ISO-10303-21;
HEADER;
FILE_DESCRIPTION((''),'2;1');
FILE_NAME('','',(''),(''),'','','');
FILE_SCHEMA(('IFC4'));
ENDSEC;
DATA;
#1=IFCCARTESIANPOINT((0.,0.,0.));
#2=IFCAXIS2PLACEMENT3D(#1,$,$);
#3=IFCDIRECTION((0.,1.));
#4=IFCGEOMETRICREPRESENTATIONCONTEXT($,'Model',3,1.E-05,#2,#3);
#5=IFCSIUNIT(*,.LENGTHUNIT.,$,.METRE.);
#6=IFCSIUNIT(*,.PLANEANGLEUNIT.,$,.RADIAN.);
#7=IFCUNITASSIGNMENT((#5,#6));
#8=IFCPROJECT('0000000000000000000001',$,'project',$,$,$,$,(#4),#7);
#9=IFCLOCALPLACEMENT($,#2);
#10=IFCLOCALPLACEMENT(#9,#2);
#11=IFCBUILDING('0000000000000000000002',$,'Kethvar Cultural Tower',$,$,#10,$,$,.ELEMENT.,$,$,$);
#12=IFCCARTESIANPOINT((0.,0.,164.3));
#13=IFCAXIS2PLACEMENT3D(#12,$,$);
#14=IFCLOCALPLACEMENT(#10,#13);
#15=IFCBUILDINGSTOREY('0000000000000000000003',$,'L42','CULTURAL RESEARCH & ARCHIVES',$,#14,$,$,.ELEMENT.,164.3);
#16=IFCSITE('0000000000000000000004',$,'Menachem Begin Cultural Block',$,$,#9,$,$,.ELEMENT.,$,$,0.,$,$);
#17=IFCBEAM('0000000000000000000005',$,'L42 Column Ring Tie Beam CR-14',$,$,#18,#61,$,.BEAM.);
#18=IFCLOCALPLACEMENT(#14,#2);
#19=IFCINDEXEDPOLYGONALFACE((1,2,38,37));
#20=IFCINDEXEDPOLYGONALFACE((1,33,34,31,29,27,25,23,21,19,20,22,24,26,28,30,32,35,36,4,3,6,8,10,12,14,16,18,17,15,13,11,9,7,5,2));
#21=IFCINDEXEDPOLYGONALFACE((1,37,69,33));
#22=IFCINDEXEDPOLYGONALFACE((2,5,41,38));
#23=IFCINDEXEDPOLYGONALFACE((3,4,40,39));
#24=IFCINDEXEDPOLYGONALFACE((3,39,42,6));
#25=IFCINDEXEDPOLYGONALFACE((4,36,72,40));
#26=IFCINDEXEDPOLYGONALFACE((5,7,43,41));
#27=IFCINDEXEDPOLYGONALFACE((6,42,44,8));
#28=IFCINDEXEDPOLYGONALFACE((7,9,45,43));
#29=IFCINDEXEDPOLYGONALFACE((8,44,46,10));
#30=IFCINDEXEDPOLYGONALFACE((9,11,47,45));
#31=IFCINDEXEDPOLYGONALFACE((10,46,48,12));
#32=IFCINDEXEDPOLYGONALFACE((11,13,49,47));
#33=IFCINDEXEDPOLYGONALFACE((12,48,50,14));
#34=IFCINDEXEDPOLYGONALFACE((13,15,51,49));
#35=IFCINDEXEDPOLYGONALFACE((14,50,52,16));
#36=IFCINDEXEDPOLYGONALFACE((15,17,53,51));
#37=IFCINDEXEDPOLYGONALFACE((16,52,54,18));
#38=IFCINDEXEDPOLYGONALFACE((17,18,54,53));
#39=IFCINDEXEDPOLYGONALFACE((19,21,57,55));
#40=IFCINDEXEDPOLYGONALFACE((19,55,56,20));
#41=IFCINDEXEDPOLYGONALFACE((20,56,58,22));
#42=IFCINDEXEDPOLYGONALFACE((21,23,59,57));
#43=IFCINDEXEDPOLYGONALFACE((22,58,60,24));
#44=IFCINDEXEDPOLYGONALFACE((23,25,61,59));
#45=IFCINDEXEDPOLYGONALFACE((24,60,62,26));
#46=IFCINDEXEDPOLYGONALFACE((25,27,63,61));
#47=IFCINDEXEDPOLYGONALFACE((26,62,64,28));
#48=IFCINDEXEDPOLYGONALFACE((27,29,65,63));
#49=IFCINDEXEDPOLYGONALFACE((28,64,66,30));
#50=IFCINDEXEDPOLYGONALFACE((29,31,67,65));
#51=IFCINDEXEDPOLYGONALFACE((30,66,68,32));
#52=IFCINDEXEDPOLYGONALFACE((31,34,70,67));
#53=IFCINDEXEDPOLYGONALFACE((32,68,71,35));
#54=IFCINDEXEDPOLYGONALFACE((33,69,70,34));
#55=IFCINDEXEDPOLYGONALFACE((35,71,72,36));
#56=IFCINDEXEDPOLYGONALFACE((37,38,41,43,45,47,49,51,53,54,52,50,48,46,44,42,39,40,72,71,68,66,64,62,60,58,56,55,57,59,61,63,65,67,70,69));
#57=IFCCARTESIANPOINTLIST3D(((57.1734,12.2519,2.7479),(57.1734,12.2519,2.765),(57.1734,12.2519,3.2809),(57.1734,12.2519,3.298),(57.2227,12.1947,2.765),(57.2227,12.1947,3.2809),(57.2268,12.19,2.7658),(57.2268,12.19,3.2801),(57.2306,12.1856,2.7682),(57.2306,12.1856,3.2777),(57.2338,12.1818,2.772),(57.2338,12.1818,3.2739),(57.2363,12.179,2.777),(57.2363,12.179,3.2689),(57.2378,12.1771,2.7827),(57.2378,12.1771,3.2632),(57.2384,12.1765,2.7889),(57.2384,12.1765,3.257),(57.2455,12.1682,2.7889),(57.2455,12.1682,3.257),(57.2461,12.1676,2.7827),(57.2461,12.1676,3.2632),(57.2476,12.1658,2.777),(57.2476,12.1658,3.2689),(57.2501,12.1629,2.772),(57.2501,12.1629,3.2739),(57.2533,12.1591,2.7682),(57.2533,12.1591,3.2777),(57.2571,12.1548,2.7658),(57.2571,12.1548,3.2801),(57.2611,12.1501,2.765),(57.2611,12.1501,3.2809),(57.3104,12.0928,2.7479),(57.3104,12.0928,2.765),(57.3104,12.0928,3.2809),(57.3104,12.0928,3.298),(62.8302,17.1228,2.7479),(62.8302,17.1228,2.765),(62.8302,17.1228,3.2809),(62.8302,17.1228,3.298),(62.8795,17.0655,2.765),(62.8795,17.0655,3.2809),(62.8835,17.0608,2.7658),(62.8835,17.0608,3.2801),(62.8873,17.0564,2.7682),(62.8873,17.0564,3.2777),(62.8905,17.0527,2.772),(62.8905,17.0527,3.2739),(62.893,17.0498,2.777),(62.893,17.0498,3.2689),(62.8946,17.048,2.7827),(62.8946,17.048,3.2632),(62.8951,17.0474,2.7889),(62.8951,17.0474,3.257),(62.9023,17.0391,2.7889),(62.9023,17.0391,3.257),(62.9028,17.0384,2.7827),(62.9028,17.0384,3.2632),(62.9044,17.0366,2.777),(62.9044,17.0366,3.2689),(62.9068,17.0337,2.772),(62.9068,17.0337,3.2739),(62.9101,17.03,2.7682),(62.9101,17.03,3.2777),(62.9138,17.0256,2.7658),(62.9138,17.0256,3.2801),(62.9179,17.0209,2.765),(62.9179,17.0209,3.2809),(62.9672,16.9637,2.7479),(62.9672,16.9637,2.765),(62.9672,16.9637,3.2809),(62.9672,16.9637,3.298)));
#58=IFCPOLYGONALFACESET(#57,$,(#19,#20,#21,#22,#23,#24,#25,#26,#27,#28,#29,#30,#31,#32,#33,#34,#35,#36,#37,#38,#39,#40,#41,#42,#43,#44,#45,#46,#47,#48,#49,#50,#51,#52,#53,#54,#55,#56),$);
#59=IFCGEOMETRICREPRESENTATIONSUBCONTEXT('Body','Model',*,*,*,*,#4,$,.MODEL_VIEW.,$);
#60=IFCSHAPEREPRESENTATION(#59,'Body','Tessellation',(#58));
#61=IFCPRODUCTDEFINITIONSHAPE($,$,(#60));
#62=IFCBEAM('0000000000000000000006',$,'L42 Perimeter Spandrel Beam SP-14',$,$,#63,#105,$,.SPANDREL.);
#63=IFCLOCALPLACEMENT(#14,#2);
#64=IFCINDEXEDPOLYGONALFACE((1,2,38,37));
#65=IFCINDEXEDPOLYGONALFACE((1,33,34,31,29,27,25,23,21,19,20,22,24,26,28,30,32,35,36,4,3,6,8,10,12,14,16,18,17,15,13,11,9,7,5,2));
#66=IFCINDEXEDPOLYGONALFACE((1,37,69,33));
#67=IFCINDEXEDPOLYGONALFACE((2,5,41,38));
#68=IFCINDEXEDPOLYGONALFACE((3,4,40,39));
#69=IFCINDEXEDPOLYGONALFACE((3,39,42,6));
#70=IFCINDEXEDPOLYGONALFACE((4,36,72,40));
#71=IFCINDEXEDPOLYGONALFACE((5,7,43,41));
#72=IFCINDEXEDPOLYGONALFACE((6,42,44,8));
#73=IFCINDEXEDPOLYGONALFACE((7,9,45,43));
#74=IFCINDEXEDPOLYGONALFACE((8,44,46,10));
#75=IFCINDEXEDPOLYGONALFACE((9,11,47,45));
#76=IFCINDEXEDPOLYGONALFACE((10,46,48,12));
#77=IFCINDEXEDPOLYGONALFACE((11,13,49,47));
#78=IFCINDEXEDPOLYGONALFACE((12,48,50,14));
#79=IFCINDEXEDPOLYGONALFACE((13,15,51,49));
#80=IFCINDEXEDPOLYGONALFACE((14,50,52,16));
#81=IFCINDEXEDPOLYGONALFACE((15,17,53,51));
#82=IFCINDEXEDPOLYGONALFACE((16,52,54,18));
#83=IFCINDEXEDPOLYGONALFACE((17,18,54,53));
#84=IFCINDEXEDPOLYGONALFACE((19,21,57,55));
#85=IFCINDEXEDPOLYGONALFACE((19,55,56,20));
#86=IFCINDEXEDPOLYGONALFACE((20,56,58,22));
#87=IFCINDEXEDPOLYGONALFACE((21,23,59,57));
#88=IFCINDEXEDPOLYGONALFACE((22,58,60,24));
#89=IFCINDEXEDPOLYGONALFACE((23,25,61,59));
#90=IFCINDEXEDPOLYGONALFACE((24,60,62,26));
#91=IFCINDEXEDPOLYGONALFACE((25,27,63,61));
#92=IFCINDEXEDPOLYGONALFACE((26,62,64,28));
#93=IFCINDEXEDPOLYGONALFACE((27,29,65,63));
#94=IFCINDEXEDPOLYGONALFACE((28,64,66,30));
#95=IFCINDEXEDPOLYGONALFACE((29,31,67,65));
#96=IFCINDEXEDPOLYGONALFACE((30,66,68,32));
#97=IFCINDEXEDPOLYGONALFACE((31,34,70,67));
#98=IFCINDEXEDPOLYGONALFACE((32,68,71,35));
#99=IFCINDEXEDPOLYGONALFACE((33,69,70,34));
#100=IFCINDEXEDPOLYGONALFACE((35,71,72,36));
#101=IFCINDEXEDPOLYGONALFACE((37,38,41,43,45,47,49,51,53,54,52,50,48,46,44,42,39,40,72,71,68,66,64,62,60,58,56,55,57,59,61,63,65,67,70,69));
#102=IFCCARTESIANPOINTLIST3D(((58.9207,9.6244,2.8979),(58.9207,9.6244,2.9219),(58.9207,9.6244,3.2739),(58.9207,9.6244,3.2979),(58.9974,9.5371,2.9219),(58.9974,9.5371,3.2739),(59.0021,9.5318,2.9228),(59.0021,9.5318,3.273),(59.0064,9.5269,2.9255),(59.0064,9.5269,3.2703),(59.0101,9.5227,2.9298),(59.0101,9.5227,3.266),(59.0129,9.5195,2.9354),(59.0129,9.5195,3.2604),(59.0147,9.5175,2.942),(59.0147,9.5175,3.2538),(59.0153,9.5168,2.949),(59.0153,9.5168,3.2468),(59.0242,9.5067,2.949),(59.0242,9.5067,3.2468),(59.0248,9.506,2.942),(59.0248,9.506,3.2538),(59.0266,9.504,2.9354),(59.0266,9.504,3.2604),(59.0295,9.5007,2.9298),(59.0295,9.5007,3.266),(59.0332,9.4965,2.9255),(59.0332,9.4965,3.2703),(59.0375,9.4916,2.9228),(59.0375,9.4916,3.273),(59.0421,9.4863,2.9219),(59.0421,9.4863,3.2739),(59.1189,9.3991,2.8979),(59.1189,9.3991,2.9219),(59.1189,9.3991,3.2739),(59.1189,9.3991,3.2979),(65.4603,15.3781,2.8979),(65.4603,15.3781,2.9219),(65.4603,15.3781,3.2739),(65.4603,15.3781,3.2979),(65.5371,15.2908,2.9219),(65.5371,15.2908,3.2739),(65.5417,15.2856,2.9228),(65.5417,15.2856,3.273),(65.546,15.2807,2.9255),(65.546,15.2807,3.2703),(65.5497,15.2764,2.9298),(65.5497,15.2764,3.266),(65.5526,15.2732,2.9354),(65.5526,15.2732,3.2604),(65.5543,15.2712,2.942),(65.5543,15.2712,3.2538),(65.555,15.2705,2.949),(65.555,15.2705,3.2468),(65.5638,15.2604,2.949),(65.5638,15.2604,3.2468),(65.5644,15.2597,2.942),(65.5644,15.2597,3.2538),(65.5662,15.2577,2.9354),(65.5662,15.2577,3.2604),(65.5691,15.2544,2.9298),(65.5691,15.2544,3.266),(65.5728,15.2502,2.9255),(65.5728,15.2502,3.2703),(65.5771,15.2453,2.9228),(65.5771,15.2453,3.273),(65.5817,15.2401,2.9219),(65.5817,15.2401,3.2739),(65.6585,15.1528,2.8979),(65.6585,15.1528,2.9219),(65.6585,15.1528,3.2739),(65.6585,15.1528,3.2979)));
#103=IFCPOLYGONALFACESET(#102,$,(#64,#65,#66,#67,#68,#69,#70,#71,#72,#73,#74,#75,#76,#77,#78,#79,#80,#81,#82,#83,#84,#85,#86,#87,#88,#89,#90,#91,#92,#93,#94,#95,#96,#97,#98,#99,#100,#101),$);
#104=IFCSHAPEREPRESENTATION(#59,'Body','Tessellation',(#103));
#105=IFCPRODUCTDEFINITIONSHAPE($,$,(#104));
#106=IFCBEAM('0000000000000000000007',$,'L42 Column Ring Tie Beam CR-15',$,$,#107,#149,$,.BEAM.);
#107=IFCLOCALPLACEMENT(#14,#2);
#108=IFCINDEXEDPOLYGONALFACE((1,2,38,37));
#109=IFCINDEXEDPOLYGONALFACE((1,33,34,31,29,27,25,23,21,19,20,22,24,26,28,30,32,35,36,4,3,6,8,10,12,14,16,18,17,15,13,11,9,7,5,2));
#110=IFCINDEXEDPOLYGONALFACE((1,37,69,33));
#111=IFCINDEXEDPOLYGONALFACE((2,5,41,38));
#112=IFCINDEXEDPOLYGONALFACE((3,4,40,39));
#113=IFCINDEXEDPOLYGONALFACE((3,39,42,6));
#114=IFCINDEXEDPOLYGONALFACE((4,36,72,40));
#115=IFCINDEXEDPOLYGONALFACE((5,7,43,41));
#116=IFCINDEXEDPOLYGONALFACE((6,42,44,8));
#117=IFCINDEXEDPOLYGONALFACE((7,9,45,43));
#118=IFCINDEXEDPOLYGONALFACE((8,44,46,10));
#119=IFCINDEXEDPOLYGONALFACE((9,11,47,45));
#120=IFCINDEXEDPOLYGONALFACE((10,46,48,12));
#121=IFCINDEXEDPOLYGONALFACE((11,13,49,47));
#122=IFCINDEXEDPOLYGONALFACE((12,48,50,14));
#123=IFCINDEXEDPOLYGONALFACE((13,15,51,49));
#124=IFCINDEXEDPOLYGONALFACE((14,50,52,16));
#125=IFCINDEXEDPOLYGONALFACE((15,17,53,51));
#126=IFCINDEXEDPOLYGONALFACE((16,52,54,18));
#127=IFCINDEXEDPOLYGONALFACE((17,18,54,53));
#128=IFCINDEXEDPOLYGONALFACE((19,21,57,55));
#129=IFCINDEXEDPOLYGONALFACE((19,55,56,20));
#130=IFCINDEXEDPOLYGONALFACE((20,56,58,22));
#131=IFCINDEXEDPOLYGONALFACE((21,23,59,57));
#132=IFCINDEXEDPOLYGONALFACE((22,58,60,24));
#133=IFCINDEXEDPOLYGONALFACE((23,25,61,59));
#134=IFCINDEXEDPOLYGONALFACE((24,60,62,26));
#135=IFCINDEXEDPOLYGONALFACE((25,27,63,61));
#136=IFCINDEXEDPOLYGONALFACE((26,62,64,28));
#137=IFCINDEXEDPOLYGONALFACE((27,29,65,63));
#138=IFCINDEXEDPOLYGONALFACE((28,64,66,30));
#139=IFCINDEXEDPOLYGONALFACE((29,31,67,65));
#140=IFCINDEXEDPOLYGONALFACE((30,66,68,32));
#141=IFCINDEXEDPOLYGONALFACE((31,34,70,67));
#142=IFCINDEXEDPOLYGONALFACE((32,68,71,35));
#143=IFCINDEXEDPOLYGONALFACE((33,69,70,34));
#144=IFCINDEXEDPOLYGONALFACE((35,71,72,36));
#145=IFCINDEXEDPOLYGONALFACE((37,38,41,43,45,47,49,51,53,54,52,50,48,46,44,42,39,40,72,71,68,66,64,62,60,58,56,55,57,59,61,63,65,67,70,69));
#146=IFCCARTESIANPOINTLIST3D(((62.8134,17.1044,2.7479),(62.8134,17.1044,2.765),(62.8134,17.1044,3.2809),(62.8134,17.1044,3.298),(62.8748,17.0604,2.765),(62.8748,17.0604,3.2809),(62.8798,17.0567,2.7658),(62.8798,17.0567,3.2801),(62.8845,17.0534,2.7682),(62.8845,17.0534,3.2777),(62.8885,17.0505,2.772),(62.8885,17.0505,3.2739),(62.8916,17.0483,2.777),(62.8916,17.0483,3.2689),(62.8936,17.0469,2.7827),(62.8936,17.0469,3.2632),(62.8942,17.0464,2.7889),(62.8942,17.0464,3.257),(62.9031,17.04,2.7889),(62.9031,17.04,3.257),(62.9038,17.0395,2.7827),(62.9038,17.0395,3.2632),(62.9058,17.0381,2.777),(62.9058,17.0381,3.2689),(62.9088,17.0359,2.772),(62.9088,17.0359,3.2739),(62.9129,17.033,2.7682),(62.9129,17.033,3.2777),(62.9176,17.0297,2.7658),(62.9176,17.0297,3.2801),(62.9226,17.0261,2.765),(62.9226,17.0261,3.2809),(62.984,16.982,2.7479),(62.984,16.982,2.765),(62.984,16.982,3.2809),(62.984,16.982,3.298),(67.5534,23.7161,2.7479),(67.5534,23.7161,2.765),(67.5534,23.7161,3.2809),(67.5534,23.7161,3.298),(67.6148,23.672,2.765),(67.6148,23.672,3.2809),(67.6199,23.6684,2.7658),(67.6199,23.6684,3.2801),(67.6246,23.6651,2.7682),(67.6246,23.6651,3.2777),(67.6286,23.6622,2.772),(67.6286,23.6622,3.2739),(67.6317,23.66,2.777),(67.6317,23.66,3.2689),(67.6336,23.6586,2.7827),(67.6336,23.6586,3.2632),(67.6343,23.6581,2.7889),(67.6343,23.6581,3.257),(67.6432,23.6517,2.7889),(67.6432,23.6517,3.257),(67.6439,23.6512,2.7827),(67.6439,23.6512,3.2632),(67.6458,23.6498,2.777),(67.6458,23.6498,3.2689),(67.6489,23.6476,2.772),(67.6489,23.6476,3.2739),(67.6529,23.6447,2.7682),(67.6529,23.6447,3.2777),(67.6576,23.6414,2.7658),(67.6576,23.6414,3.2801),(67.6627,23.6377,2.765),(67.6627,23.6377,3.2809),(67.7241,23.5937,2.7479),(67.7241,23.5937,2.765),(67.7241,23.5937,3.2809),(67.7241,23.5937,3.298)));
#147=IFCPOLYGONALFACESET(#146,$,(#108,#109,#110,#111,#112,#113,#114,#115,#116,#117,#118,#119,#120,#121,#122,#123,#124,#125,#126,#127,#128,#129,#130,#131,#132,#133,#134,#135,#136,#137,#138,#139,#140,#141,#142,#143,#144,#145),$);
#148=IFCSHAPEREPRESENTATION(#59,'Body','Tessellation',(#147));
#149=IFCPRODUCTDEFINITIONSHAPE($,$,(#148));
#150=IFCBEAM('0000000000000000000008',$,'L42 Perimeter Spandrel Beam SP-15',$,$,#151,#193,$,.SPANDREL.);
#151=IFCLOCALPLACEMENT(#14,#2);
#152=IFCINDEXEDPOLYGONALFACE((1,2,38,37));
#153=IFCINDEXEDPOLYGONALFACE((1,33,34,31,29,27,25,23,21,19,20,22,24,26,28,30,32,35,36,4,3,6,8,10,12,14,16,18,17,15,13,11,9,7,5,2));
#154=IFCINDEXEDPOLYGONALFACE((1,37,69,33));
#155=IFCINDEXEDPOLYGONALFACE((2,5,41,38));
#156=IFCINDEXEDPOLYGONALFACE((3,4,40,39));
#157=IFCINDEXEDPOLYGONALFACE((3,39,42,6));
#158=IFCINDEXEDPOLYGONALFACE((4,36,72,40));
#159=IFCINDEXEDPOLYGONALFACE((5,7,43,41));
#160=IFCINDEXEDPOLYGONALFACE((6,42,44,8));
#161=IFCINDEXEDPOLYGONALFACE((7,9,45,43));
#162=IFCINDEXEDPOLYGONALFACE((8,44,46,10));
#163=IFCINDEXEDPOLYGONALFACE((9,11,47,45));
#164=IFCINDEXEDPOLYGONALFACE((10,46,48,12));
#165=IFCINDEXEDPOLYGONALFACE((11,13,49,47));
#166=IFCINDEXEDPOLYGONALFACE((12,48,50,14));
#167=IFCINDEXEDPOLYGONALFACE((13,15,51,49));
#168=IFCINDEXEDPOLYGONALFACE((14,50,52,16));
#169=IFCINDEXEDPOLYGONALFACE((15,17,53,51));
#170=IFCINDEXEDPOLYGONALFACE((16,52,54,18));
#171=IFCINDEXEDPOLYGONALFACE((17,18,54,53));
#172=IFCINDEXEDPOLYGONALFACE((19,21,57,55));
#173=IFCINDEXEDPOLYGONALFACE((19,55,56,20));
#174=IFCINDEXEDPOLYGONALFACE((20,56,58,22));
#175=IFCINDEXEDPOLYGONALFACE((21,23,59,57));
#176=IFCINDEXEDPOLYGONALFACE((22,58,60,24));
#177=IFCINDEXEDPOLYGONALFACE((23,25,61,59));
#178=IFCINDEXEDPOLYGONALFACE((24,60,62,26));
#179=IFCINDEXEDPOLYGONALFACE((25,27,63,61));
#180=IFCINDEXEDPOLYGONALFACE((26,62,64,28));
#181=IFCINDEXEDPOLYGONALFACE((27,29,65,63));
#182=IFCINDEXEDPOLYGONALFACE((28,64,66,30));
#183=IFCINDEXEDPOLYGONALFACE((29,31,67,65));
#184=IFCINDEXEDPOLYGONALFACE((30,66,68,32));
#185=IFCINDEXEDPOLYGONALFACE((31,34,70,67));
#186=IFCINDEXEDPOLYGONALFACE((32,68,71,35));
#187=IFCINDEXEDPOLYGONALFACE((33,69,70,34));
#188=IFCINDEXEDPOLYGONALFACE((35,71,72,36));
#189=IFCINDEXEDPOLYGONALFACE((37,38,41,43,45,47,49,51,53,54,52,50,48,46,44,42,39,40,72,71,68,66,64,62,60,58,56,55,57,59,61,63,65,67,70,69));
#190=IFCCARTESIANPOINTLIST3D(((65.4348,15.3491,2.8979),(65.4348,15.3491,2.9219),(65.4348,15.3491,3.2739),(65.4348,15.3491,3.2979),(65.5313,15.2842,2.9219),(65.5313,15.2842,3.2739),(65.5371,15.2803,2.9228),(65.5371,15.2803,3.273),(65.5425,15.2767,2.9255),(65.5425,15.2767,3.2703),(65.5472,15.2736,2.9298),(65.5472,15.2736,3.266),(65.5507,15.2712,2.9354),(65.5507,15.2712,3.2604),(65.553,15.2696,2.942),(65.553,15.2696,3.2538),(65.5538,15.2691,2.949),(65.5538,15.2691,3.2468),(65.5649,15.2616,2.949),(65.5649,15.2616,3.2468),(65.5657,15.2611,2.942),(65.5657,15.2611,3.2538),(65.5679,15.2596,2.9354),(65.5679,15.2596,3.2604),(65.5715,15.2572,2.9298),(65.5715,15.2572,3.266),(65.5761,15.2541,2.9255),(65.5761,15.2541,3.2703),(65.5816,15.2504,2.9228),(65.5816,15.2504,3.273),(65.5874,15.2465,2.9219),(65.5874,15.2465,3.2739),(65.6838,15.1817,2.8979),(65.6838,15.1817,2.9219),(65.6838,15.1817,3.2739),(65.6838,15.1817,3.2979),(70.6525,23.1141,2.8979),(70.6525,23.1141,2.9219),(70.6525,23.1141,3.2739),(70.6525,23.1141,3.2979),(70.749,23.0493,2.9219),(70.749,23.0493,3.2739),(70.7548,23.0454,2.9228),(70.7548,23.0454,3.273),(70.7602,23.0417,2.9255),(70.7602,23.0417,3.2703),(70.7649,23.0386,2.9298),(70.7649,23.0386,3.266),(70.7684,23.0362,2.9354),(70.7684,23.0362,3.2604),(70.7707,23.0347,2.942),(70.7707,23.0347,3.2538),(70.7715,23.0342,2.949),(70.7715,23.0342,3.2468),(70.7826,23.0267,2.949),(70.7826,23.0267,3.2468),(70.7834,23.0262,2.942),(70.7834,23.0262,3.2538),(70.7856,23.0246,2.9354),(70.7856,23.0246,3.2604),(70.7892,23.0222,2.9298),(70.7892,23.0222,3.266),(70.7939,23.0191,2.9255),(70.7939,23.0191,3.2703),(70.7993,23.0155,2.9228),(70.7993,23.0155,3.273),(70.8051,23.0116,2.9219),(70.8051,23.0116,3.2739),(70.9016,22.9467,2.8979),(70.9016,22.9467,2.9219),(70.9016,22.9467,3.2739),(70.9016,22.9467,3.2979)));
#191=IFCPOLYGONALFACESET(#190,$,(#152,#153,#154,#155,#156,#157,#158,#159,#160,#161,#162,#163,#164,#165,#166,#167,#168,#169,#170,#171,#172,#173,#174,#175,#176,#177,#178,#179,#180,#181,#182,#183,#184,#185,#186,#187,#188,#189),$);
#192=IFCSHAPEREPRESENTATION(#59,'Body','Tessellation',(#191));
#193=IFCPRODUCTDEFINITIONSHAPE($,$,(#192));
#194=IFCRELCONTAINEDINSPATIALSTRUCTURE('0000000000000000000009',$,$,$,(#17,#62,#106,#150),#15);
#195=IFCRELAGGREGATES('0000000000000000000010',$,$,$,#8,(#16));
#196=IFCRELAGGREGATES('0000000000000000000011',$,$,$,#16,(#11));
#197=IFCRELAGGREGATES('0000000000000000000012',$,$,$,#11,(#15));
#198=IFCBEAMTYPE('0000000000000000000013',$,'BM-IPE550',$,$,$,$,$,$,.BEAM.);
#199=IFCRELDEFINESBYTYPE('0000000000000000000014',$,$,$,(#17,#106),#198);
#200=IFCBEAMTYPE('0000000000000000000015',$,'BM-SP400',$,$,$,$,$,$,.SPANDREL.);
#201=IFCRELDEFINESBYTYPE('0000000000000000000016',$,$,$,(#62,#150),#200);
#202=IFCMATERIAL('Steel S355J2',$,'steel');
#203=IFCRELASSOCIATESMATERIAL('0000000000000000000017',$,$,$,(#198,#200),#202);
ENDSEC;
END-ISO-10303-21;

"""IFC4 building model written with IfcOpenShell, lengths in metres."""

from ifc_helpers import new_model, si_unit, direction, frame, origin, origin_2d, place, context, subcontext, project, spatial, i_section, extrude, source, transform, mapped, material, material_profile, profile_set, type_object, element, save


model = new_model("IFC4")

# Units and contexts
model_context = context("Model", 3, precision=1e-05, world=origin(), true_north=direction((0.0, 1.0)))
body_context = subcontext(model_context, "Body", "Model", "MODEL_VIEW")
ifc_project = project(units=[si_unit("LENGTHUNIT", "METRE"), si_unit("PLANEANGLEUNIT", "RADIAN")], contexts=[model_context])

# Site, building, storey
site_placement = place(None, origin())
site = spatial("IfcSite", under=ifc_project, at=site_placement, Name="Menachem Begin Cultural Block", CompositionType="ELEMENT", RefElevation=0.0)
building_placement = place(site_placement, origin())
building = spatial("IfcBuilding", under=site, at=building_placement, Name="Kethvar Cultural Tower", CompositionType="ELEMENT")
storey_placement = place(building_placement, frame((0.0, 0.0, 164.3)))
storey = spatial("IfcBuildingStorey", under=building, at=storey_placement, Name="L42", Description="CULTURAL RESEARCH & ARCHIVES", CompositionType="ELEMENT", Elevation=164.3)

# Beams
ifc_material_1 = material(Name="Steel S355J2", Category="steel")
ifc_material_profile_1 = material_profile(ifc_material_1, i_section(OverallWidth=0.21, OverallDepth=0.55, WebThickness=0.011, FlangeThickness=0.0171, FilletRadius=0.0239, at=origin_2d()), Name="Steel S355J2 — IPE550")
ifc_profile_set_1 = profile_set([ifc_material_profile_1], Name="Steel S355J2 — IPE550")
beam_type_1 = type_object("IfcBeamType", Name="BM-IPE550", PredefinedType="BEAM", material=ifc_profile_set_1)
shared_shape_1 = source(origin(), body_context, "Body", "SweptSolid", [
    extrude(i_section(OverallWidth=0.21, OverallDepth=0.55, WebThickness=0.011, FlangeThickness=0.0171, FilletRadius=0.0239, at=origin_2d()), origin(), (0.0, 0.0, 1.0), 7.4648),
])
beam_1_placement = place(storey_placement, frame((57.2419, 12.1724, 3.0229), z_axis=(0.757784, 0.652505, 0.0), x_axis=(-0.652505, 0.757784, 0.0)))
element("IfcBeam", 1, at=beam_1_placement, inside=storey, type_object=beam_type_1, Name="L42 Column Ring Tie Beam CR-14", PredefinedType="BEAM", context=body_context, shape_type="MappedRepresentation", body=[
    mapped(shared_shape_1, transform((0.0, 0.0, 0.0), scale=1.0)),
])
ifc_material_profile_2 = material_profile(ifc_material_1, i_section(OverallWidth=0.3, OverallDepth=0.3999, WebThickness=0.0134, FlangeThickness=0.0239, FilletRadius=0.0271, at=origin_2d()), Name="Steel S355J2 — HEB400")
ifc_profile_set_2 = profile_set([ifc_material_profile_2], Name="Steel S355J2 — HEB400")
beam_type_2 = type_object("IfcBeamType", Name="BM-SP400", PredefinedType="SPANDREL", material=ifc_profile_set_2)
shared_shape_2 = source(origin(), body_context, "Body", "SweptSolid", [
    extrude(i_section(OverallWidth=0.3, OverallDepth=0.3999, WebThickness=0.0134, FlangeThickness=0.0239, FilletRadius=0.0271, at=origin_2d()), origin(), (0.0, 0.0, 1.0), 8.7104),
])
beam_2_placement = place(storey_placement, frame((59.0198, 9.5117, 3.0979), z_axis=(0.750779, 0.660554, 0.0), x_axis=(-0.660554, 0.750779, 0.0)))
element("IfcBeam", 2, at=beam_2_placement, inside=storey, type_object=beam_type_2, Name="L42 Perimeter Spandrel Beam SP-14", PredefinedType="SPANDREL", context=body_context, shape_type="MappedRepresentation", body=[
    mapped(shared_shape_2, transform((0.0, 0.0, 0.0), scale=1.0)),
])
shared_shape_3 = source(origin(), body_context, "Body", "SweptSolid", [
    extrude(i_section(OverallWidth=0.21, OverallDepth=0.55, WebThickness=0.011, FlangeThickness=0.0171, FilletRadius=0.0239, at=origin_2d()), origin(), (0.0, 0.0, 1.0), 8.1353),
])
beam_3_placement = place(storey_placement, frame((62.8987, 17.0432, 3.0229), z_axis=(0.582657, 0.812718, 0.0), x_axis=(-0.812718, 0.582657, 0.0)))
element("IfcBeam", 3, at=beam_3_placement, inside=storey, type_object=beam_type_1, Name="L42 Column Ring Tie Beam CR-15", PredefinedType="BEAM", context=body_context, shape_type="MappedRepresentation", body=[
    mapped(shared_shape_3, transform((0.0, 0.0, 0.0), scale=1.0)),
])
shared_shape_4 = source(origin(), body_context, "Body", "SweptSolid", [
    extrude(i_section(OverallWidth=0.3, OverallDepth=0.3999, WebThickness=0.0134, FlangeThickness=0.0239, FilletRadius=0.0271, at=origin_2d()), origin(), (0.0, 0.0, 1.0), 9.3552),
])
beam_4_placement = place(storey_placement, frame((65.5593, 15.2654, 3.0979), z_axis=(0.557732, 0.830021, 0.0), x_axis=(-0.830021, 0.557732, 0.0)))
element("IfcBeam", 4, at=beam_4_placement, inside=storey, type_object=beam_type_2, Name="L42 Perimeter Spandrel Beam SP-15", PredefinedType="SPANDREL", context=body_context, shape_type="MappedRepresentation", body=[
    mapped(shared_shape_4, transform((0.0, 0.0, 0.0), scale=1.0)),
])

save(model, "model.ifc")
